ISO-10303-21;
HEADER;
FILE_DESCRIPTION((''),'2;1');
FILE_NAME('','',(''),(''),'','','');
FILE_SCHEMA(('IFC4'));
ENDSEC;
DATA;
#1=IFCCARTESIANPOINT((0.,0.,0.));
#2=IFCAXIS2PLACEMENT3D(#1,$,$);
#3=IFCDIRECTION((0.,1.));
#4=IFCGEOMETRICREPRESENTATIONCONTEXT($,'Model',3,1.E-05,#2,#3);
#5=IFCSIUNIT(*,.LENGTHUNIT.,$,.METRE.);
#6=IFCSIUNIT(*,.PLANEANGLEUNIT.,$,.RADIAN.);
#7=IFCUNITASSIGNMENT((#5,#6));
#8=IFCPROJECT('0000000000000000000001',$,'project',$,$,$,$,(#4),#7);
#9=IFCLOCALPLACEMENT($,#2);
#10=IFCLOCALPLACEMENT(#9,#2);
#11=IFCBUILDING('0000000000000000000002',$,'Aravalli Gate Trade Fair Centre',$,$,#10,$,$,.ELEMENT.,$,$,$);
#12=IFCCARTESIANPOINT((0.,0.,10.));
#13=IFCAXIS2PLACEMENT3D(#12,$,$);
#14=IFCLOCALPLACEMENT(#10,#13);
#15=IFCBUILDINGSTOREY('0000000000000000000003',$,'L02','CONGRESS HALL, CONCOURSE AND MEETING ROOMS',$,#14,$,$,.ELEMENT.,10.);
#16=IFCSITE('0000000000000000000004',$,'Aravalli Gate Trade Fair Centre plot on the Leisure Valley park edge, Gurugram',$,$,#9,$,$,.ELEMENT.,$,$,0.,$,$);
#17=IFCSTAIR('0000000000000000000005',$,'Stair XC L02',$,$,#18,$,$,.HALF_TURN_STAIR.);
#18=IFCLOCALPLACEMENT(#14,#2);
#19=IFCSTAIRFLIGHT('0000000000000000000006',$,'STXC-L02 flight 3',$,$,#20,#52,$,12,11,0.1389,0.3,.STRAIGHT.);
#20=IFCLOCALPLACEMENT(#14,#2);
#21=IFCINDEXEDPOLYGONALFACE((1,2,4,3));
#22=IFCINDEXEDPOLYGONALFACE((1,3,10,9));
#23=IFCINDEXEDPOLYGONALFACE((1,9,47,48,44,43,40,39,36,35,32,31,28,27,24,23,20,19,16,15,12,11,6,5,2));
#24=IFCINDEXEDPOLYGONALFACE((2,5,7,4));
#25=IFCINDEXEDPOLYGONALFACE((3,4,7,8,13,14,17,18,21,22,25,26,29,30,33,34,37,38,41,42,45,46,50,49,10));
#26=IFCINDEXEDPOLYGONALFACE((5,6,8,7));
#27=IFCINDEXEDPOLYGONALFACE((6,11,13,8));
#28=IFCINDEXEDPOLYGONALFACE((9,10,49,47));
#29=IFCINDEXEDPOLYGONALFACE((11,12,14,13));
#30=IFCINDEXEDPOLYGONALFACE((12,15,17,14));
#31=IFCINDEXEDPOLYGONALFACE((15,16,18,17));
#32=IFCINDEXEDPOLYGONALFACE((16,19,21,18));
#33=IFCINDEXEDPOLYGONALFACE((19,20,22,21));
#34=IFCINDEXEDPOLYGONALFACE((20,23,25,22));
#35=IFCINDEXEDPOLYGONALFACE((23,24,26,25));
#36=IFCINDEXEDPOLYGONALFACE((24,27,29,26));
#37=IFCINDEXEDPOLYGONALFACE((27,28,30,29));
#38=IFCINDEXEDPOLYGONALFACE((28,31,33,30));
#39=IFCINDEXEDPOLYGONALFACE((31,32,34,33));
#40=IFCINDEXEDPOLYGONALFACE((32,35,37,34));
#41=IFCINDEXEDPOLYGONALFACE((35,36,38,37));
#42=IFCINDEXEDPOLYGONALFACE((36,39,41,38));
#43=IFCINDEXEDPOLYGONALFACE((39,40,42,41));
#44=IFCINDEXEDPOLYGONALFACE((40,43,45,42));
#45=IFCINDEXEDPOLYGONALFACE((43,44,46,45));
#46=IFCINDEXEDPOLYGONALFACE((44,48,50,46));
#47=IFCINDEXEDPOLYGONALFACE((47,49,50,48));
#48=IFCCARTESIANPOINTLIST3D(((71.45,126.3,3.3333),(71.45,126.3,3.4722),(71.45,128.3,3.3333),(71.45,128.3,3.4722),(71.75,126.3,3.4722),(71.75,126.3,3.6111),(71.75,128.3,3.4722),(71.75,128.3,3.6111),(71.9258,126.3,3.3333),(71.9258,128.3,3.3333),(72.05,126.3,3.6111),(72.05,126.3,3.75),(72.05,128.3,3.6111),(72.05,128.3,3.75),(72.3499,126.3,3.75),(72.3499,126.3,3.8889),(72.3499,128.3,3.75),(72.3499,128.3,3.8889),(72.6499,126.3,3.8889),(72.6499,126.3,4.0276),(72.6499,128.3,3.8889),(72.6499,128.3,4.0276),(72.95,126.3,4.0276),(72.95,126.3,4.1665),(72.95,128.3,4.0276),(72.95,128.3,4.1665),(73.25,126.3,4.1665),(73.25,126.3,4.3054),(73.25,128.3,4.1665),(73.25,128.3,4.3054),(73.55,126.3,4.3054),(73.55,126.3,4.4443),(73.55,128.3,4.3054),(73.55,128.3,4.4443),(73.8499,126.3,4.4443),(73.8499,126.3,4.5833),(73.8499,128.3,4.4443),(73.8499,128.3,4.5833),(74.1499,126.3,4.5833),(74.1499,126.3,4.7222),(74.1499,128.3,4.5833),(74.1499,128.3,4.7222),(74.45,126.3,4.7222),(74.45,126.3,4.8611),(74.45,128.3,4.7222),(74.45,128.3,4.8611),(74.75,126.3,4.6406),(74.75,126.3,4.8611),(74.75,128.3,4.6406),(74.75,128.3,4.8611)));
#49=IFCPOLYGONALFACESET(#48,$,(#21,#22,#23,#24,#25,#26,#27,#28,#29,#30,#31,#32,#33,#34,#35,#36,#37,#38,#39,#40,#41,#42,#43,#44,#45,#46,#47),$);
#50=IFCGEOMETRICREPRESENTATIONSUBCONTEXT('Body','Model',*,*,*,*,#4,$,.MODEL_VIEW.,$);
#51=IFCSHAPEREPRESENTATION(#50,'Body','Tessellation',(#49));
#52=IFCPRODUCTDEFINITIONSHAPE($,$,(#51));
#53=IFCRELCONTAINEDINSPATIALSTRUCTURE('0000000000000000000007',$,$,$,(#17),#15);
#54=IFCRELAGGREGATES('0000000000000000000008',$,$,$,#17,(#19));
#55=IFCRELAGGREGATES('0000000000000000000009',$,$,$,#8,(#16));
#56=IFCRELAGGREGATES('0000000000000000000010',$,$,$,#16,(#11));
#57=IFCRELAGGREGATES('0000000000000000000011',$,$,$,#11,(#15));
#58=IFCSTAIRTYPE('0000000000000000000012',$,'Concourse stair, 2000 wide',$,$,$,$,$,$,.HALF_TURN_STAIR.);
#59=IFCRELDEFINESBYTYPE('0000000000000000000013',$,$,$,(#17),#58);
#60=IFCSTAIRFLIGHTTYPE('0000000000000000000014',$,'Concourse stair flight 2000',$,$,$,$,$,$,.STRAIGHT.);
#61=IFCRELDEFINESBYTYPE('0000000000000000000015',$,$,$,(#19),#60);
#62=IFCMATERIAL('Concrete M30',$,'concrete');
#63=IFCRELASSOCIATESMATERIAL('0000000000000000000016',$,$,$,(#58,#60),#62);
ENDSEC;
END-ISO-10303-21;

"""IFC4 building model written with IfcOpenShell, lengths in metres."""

from ifc_helpers import new_model, si_unit, direction, frame, origin, place, context, subcontext, project, spatial, polyline, outline, extrude, material, type_object, element, aggregate, save


model = new_model("IFC4")

# Units and contexts
model_context = context("Model", 3, precision=1e-05, world=origin(), true_north=direction((0.0, 1.0)))
body_context = subcontext(model_context, "Body", "Model", "MODEL_VIEW")
ifc_project = project(units=[si_unit("LENGTHUNIT", "METRE"), si_unit("PLANEANGLEUNIT", "RADIAN")], contexts=[model_context])

# Site, building, storey
site_placement = place(None, origin())
site = spatial("IfcSite", under=ifc_project, at=site_placement, Name="Aravalli Gate Trade Fair Centre plot on the Leisure Valley park edge, Gurugram", CompositionType="ELEMENT", RefElevation=0.0)
building_placement = place(site_placement, origin())
building = spatial("IfcBuilding", under=site, at=building_placement, Name="Aravalli Gate Trade Fair Centre", CompositionType="ELEMENT")
storey_placement = place(building_placement, frame((0.0, 0.0, 10.0)))
storey = spatial("IfcBuildingStorey", under=building, at=storey_placement, Name="L02", Description="CONGRESS HALL, CONCOURSE AND MEETING ROOMS", CompositionType="ELEMENT", Elevation=10.0)

# Stair, stair flight
ifc_material_1 = material(Name="Concrete M30", Category="concrete")
stair_type = type_object("IfcStairType", Name="Concourse stair, 2000 wide", PredefinedType="HALF_TURN_STAIR", material=ifc_material_1)
stair_placement = place(storey_placement, origin())
stair = element("IfcStair", 1, at=stair_placement, inside=storey, type_object=stair_type, Name="Stair XC L02", PredefinedType="HALF_TURN_STAIR")
stair_flight_type = type_object("IfcStairFlightType", Name="Concourse stair flight 2000", PredefinedType="STRAIGHT", material=ifc_material_1)
stair_flight_1_placement = place(storey_placement, frame((71.45, 127.3, 3.3333), z_axis=(0.0, 0.0, 1.0), x_axis=(1.0, 0.0, 0.0)))
stair_flight_1 = element("IfcStairFlight", 2, at=stair_flight_1_placement, type_object=stair_flight_type, Name="STXC-L02 flight 3", NumberOfRisers=12, NumberOfTreads=11, PredefinedType="STRAIGHT", RiserHeight=0.1389, TreadLength=0.3, context=body_context, shape_type="SweptSolid", body=[
    extrude(outline(polyline([(0.0, 0.0), (0.0, 0.1389), (0.3, 0.1389), (0.3, 0.2778), (0.6001, 0.2778), (0.6001, 0.4167), (0.8999, 0.4167), (0.8999, 0.5557), (1.2, 0.5557), (1.2, 0.6943), (1.5, 0.6943), (1.5, 0.8333), (1.8, 0.8333), (1.8, 0.9722), (2.1001, 0.9722), (2.1001, 1.1111), (2.3999, 1.1111), (2.3999, 1.25), (2.7, 1.25), (2.7, 1.3889), (3.0, 1.3889), (3.0, 1.5278), (3.3, 1.5278), (3.3, 1.6667), (3.3, 1.3074), (0.4758, 0.0), (0.0, 0.0)])), frame((0.0, 1.0, 0.0), z_axis=(0.0, -1.0, 0.0), x_axis=(1.0, 0.0, 0.0)), (0.0, 0.0, 1.0), 2.0),
])
aggregate(stair, [stair_flight_1])

save(model, "model.ifc")
